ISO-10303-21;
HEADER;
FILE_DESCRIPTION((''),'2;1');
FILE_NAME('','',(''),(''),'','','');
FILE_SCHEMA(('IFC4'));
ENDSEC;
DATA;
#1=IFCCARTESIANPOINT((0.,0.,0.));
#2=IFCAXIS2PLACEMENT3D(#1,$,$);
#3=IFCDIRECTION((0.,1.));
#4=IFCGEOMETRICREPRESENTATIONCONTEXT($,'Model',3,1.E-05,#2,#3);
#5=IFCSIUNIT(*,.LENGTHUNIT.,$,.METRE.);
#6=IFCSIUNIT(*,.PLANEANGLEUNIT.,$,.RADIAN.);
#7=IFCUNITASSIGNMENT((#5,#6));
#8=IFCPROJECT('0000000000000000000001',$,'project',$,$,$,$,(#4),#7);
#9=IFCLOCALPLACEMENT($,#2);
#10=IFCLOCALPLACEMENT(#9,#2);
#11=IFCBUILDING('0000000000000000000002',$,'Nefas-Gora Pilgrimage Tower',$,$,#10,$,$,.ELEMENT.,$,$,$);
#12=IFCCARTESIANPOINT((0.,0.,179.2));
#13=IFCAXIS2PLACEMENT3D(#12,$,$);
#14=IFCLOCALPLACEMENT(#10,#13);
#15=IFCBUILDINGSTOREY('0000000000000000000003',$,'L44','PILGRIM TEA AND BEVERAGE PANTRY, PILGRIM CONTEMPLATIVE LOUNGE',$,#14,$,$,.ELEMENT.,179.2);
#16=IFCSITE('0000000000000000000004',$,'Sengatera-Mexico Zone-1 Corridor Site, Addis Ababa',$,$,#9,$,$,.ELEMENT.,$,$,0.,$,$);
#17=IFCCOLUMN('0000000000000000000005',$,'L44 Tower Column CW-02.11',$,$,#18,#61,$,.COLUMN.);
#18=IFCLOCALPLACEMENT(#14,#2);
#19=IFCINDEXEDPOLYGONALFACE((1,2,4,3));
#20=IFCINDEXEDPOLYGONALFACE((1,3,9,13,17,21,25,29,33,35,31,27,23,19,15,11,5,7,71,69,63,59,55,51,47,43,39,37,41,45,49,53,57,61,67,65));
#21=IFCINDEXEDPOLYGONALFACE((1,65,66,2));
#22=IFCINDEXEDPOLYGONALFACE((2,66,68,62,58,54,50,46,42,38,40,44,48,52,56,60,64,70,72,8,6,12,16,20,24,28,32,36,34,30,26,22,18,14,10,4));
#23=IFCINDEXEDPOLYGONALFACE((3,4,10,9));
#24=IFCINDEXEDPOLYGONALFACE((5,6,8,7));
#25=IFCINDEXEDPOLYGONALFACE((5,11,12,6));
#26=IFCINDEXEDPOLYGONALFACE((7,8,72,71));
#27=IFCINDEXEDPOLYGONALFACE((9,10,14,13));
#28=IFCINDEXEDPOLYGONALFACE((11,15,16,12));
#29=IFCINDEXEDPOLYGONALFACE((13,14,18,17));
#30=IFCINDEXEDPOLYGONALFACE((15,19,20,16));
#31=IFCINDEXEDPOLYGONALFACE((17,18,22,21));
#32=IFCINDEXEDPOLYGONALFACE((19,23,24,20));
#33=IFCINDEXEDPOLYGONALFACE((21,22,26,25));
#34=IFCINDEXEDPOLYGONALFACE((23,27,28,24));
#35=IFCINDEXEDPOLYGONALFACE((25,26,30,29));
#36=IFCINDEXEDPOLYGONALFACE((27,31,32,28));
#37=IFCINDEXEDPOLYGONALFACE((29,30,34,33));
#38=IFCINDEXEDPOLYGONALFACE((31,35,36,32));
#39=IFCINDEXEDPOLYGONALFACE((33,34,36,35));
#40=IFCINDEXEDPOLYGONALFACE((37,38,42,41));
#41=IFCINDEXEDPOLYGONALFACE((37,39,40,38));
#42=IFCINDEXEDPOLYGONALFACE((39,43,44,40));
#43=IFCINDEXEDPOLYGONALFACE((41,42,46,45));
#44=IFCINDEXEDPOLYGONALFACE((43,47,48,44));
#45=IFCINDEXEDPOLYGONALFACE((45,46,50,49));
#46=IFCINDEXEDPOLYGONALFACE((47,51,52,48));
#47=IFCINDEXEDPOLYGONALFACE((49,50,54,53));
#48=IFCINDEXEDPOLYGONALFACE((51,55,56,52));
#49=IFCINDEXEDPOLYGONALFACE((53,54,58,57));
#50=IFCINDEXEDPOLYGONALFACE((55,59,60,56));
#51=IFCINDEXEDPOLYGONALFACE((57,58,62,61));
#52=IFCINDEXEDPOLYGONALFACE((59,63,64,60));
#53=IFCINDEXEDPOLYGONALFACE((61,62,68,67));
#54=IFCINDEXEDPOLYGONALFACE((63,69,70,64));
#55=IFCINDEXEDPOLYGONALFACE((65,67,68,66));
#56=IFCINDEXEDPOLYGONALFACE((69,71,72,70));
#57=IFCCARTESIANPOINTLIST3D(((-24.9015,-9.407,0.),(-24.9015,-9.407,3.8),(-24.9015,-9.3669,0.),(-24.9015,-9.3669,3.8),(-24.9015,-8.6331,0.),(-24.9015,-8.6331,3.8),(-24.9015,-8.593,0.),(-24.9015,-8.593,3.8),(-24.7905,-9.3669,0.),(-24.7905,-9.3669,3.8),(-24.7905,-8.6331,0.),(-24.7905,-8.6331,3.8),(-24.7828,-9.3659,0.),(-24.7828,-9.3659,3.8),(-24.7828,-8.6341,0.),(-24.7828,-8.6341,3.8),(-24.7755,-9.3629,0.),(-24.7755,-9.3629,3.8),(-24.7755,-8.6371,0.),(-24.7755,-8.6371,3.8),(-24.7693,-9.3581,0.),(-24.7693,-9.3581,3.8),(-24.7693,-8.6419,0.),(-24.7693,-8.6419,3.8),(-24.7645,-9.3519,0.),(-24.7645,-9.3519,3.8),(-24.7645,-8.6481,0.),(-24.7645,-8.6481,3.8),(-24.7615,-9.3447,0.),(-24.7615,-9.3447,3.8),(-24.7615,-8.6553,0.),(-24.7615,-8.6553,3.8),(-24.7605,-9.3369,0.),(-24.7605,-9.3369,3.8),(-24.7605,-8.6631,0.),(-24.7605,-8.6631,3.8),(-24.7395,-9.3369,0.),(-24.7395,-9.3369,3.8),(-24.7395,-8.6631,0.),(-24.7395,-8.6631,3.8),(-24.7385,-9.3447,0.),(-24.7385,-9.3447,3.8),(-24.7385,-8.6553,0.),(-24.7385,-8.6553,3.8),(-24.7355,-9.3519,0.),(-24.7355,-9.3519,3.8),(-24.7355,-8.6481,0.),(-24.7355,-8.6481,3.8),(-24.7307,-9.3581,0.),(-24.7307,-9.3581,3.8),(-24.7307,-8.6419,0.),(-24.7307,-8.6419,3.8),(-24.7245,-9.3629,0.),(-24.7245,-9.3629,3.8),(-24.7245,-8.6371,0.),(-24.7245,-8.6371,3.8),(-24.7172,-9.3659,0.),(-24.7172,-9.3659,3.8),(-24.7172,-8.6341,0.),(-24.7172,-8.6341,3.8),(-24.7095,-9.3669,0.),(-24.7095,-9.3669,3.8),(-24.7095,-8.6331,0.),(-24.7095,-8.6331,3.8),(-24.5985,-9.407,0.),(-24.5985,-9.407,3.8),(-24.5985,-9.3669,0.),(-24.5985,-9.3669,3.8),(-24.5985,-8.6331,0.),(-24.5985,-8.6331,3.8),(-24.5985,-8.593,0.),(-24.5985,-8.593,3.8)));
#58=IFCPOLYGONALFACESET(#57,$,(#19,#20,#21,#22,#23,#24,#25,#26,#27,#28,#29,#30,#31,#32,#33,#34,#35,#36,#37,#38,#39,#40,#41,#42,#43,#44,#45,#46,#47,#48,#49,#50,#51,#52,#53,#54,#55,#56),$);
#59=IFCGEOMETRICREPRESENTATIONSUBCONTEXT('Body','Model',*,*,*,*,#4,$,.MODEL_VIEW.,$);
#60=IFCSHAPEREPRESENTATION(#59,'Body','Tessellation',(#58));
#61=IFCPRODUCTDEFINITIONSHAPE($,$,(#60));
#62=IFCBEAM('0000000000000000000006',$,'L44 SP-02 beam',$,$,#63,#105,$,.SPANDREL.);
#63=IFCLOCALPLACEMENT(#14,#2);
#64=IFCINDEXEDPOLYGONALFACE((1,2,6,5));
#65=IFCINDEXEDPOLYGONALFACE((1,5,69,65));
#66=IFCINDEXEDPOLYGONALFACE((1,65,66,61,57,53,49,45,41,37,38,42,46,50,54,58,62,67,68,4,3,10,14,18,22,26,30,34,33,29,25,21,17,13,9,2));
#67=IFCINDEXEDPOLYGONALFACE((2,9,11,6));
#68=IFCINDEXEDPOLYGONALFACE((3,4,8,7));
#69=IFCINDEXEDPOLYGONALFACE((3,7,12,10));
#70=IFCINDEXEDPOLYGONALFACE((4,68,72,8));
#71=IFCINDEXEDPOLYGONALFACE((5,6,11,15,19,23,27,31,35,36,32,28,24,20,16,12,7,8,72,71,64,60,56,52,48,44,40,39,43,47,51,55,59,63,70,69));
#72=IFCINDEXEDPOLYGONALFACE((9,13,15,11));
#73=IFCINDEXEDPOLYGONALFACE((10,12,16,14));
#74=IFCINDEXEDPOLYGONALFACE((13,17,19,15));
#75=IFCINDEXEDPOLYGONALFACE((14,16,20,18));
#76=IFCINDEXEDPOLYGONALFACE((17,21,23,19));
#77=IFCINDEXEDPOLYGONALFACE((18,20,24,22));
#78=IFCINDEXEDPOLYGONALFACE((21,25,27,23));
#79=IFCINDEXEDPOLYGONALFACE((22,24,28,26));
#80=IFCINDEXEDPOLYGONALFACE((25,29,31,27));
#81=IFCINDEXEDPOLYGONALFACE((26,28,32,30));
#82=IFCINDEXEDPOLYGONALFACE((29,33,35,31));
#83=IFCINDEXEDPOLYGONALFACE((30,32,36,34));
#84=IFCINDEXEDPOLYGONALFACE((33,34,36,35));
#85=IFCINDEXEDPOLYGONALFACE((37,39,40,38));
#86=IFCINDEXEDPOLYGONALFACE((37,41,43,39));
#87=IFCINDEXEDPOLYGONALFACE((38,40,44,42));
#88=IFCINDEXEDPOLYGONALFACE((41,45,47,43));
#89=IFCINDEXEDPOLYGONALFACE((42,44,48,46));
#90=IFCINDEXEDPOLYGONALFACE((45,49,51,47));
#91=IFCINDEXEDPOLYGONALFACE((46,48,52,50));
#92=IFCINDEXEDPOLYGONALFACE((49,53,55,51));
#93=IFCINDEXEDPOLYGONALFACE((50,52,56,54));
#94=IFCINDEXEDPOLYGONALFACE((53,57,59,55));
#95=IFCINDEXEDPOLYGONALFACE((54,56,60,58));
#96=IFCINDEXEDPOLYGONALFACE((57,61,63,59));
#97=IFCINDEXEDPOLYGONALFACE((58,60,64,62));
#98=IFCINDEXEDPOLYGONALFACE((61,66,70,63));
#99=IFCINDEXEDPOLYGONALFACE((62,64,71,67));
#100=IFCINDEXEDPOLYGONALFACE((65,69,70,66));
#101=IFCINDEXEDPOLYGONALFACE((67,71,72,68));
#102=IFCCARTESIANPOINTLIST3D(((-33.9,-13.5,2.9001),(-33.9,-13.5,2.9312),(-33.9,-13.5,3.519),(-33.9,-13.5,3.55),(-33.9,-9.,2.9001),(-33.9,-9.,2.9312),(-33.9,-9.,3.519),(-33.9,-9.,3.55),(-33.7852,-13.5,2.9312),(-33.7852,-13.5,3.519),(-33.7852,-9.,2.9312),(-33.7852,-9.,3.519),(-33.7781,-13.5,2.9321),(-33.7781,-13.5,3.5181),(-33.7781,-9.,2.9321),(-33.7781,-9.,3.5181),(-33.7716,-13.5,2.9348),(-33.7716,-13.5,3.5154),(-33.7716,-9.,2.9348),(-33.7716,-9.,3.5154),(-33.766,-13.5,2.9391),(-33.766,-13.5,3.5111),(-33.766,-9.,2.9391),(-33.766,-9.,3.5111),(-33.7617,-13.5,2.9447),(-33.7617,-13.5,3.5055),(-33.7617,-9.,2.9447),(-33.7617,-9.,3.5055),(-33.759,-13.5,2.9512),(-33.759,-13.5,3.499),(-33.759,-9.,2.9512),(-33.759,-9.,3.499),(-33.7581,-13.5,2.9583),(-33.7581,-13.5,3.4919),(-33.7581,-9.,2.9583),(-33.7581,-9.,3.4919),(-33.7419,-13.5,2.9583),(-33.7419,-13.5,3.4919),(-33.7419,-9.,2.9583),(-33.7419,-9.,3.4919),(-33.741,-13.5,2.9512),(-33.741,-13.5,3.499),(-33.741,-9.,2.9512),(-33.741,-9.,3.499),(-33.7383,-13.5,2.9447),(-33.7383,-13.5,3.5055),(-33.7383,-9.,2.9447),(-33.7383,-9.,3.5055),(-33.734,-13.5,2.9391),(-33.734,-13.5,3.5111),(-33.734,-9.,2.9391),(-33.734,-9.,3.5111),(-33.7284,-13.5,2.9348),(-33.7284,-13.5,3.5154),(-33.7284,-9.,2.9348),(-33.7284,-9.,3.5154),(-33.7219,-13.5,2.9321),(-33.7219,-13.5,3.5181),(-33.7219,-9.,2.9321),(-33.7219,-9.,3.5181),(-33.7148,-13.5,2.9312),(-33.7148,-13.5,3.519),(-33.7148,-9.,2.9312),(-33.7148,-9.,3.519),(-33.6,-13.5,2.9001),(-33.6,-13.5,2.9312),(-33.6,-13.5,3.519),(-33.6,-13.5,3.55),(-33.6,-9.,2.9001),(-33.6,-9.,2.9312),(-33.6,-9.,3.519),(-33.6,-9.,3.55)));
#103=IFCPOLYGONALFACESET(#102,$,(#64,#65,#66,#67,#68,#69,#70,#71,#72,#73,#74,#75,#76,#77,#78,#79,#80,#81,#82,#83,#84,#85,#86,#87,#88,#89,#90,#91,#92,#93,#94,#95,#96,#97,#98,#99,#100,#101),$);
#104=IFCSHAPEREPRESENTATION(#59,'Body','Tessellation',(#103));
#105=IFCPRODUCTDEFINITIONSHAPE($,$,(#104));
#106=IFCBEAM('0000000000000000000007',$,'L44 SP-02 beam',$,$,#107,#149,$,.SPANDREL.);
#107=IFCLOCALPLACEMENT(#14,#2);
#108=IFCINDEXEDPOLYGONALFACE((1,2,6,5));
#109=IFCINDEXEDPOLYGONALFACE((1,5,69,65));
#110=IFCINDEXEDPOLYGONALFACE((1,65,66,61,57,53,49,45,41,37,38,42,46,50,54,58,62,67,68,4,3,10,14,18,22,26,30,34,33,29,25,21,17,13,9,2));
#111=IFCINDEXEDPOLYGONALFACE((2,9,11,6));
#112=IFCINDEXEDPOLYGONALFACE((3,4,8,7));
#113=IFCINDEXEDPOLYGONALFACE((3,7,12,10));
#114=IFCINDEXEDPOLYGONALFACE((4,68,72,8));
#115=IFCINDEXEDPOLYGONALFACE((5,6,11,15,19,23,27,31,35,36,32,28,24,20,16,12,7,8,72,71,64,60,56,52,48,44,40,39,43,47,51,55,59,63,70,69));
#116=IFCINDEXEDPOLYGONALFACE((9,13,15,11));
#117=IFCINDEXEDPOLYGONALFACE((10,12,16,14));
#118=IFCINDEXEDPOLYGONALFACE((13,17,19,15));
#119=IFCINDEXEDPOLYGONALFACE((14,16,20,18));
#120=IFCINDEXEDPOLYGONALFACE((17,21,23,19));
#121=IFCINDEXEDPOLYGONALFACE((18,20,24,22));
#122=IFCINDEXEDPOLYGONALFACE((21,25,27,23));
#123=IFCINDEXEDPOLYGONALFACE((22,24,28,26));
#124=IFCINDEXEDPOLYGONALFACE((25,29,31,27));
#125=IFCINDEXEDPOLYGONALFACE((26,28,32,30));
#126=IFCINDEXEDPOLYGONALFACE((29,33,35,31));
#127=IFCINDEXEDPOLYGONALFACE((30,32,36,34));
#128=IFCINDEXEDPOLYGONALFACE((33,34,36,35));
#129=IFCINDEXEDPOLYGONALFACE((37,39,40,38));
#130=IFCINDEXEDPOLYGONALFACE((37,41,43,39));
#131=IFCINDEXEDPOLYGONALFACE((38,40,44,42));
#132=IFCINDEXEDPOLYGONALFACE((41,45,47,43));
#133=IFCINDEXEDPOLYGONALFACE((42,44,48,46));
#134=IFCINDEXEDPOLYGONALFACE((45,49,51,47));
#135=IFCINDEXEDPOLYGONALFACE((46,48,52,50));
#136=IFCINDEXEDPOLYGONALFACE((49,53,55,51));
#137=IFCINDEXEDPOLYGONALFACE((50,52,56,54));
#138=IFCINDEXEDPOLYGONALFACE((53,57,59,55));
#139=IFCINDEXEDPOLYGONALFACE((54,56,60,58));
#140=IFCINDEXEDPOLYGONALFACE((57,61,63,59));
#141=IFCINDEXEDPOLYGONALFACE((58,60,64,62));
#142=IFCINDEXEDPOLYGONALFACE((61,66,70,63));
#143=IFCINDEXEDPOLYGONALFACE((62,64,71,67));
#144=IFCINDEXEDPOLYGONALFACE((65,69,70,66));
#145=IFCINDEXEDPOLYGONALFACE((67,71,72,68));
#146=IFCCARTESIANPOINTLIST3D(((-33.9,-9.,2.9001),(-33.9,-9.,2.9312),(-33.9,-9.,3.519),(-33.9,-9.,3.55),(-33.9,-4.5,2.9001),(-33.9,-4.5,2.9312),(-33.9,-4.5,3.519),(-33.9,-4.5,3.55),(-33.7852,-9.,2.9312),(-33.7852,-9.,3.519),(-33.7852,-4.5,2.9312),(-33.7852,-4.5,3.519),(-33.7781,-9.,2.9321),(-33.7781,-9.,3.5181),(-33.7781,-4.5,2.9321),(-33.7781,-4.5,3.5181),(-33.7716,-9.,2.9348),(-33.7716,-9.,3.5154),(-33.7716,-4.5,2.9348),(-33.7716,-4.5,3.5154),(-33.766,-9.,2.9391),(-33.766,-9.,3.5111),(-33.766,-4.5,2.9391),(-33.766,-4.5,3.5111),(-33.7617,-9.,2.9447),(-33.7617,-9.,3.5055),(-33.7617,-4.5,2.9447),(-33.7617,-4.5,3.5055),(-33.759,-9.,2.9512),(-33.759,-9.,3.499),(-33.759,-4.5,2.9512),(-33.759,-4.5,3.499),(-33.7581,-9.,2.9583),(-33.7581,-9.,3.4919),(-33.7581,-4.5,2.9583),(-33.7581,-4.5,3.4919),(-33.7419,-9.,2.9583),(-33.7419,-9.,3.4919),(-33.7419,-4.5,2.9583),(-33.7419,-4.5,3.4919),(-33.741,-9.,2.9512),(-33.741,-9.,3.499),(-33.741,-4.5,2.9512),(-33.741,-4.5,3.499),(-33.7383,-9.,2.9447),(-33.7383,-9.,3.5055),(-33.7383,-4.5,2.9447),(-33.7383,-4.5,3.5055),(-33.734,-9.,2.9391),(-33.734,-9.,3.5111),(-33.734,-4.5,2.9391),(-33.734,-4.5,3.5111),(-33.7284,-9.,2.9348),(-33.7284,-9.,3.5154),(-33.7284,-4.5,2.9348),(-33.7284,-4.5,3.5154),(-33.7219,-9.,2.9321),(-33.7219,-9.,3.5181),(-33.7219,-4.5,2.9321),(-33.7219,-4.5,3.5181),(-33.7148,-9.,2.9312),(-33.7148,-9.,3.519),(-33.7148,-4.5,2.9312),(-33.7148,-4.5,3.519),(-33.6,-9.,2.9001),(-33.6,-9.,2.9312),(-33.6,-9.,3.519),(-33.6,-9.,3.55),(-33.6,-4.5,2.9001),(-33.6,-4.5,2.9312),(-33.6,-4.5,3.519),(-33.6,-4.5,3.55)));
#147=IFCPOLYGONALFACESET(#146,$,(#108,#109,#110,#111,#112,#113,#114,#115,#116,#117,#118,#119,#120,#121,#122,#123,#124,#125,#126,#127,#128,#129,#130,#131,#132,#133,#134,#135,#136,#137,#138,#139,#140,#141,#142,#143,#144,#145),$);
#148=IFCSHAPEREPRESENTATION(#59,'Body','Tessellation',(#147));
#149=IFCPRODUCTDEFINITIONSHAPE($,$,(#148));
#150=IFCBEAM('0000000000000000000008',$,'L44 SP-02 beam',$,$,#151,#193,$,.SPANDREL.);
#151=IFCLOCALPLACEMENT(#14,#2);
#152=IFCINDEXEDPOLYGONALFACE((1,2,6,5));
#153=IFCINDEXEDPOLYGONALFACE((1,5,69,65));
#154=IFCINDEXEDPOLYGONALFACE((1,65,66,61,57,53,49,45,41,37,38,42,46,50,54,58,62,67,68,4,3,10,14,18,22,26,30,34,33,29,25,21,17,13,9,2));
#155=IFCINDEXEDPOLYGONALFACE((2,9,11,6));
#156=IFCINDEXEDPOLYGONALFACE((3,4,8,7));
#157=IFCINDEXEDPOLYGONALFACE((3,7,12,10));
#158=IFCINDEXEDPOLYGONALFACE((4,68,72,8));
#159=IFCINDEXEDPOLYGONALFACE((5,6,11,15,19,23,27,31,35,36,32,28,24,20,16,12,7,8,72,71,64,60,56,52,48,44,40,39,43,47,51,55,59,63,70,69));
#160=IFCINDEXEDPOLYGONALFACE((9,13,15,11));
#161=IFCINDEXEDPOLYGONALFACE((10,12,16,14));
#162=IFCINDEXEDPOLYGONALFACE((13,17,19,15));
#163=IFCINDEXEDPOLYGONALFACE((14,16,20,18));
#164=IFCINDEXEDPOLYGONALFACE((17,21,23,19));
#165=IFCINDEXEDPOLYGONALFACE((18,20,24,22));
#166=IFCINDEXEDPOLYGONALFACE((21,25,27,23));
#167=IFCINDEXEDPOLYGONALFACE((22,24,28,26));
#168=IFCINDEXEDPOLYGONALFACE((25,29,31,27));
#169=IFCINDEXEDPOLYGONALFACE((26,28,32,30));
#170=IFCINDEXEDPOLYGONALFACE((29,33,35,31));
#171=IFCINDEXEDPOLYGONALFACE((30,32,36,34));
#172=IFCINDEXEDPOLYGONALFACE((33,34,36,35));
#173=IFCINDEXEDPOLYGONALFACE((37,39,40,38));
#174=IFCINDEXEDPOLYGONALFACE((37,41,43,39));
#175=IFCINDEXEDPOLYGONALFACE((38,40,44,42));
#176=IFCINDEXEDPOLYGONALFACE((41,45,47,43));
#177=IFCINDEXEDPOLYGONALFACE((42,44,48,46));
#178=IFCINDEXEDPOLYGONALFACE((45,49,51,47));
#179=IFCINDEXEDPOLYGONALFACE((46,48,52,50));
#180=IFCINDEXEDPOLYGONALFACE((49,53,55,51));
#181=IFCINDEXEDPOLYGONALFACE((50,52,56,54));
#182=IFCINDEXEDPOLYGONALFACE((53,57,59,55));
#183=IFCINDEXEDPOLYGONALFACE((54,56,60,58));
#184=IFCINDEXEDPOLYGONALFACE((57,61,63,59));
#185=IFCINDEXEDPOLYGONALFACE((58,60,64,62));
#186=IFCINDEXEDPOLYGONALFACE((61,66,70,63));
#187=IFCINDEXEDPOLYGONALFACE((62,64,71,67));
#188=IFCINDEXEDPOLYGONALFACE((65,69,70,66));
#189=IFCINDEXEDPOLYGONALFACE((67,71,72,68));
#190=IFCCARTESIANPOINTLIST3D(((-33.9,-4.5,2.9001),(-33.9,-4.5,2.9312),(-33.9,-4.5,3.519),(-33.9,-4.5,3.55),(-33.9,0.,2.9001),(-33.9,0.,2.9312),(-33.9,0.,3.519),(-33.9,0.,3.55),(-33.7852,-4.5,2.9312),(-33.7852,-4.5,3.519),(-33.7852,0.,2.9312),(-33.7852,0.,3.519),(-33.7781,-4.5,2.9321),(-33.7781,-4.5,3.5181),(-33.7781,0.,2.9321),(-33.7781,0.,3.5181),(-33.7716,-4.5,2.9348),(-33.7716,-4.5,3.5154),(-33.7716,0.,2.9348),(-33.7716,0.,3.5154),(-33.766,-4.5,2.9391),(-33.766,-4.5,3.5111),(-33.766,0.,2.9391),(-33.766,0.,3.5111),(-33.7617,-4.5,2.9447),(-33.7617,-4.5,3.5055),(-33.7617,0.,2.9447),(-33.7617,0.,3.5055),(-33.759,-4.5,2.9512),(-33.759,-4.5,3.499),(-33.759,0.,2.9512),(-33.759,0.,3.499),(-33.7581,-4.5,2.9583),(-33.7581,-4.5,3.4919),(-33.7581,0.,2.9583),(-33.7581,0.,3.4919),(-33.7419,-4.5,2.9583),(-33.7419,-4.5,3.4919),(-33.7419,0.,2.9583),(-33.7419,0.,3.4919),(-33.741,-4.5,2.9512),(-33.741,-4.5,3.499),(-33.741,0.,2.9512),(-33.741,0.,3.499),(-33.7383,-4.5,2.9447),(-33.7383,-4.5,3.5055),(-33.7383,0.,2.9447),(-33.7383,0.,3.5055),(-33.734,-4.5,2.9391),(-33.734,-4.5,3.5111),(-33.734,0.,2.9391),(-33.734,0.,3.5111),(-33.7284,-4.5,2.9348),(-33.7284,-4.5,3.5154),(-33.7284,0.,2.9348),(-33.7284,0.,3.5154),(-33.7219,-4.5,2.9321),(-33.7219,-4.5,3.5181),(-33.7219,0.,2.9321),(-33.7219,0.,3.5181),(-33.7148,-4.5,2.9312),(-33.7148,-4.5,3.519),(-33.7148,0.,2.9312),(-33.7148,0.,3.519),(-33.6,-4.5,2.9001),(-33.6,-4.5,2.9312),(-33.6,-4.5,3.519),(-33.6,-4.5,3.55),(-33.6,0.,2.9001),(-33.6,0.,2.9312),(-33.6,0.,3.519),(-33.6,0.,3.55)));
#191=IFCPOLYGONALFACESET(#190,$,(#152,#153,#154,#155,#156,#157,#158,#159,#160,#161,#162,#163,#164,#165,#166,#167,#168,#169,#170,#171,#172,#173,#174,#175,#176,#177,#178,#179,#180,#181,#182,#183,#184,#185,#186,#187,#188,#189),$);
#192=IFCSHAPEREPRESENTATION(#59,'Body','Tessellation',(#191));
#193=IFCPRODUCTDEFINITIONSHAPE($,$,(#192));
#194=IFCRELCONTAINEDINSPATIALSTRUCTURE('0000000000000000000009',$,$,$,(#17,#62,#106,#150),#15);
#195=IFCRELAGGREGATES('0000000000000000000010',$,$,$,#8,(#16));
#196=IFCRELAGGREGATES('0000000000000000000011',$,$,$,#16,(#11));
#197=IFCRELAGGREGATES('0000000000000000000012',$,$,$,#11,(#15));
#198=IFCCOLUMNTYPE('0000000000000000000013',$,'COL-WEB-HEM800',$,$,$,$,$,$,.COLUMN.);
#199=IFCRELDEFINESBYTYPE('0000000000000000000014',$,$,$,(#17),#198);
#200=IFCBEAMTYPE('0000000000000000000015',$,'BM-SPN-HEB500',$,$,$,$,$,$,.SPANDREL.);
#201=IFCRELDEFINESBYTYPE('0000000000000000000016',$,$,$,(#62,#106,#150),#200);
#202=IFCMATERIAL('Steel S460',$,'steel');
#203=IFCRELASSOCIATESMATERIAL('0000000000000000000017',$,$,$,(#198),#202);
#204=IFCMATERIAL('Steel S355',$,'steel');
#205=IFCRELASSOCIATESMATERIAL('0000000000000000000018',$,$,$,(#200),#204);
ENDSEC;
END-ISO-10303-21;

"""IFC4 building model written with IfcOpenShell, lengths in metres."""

from ifc_helpers import new_model, si_unit, direction, frame, origin, origin_2d, place, context, subcontext, project, spatial, i_section, extrude, source, transform, mapped, material, material_profile, profile_set, type_object, element, save


model = new_model("IFC4")

# Units and contexts
model_context = context("Model", 3, precision=1e-05, world=origin(), true_north=direction((0.0, 1.0)))
body_context = subcontext(model_context, "Body", "Model", "MODEL_VIEW")
ifc_project = project(units=[si_unit("LENGTHUNIT", "METRE"), si_unit("PLANEANGLEUNIT", "RADIAN")], contexts=[model_context])

# Site, building, storey
site_placement = place(None, origin())
site = spatial("IfcSite", under=ifc_project, at=site_placement, Name="Sengatera-Mexico Zone-1 Corridor Site, Addis Ababa", CompositionType="ELEMENT", RefElevation=0.0)
building_placement = place(site_placement, origin())
building = spatial("IfcBuilding", under=site, at=building_placement, Name="Nefas-Gora Pilgrimage Tower", CompositionType="ELEMENT")
storey_placement = place(building_placement, frame((0.0, 0.0, 179.2)))
storey = spatial("IfcBuildingStorey", under=building, at=storey_placement, Name="L44", Description="PILGRIM TEA AND BEVERAGE PANTRY, PILGRIM CONTEMPLATIVE LOUNGE", CompositionType="ELEMENT", Elevation=179.2)

# Column
ifc_material_1 = material(Name="Steel S460", Category="steel")
ifc_material_profile_1 = material_profile(ifc_material_1, i_section(OverallWidth=0.303, OverallDepth=0.814, WebThickness=0.021, FlangeThickness=0.04, FilletRadius=0.03, at=origin_2d()), Name="HEM 800")
ifc_profile_set_1 = profile_set([ifc_material_profile_1], Name="Steel S460")
column_type_1 = type_object("IfcColumnType", Name="COL-WEB-HEM800", PredefinedType="COLUMN", material=ifc_profile_set_1)
shared_shape_1 = source(origin(), body_context, "Body", "SweptSolid", [
    extrude(i_section(OverallWidth=0.303, OverallDepth=0.814, WebThickness=0.021, FlangeThickness=0.04, FilletRadius=0.03, at=origin_2d()), origin(), (0.0, 0.0, 1.0), 3.8),
])
for number, where, z_axis, x_axis, name in (
    (1, (-24.75, -9.0, 0.0), (0.0, 0.0, 1.0), (1.0, 0.0, 0.0), "L44 Tower Column CW-02.11"),
):
    element("IfcColumn", number, at=place(storey_placement, frame(where, z_axis=z_axis, x_axis=x_axis)), inside=storey, type_object=column_type_1, Name=name, PredefinedType="COLUMN", context=body_context, shape_type="MappedRepresentation", body=[
        mapped(shared_shape_1, transform((0.0, 0.0, 0.0), x_axis=(1.0, 0.0, 0.0), y_axis=(0.0, 1.0, 0.0), z_axis=(0.0, 0.0, 1.0), scale=1.0)),
    ])

# Beams
ifc_material_2 = material(Name="Steel S355", Category="steel")
ifc_material_profile_2 = material_profile(ifc_material_2, i_section(OverallWidth=0.3, OverallDepth=0.6499, WebThickness=0.0161, FlangeThickness=0.031, FilletRadius=0.0271, at=origin_2d()), Name="HEB 650")
ifc_profile_set_2 = profile_set([ifc_material_profile_2], Name="Steel S355")
beam_type_1 = type_object("IfcBeamType", Name="BM-SPN-HEB500", PredefinedType="SPANDREL", material=ifc_profile_set_2)
shared_shape_2 = source(origin(), body_context, "Body", "SweptSolid", [
    extrude(i_section(OverallWidth=0.3, OverallDepth=0.6499, WebThickness=0.0161, FlangeThickness=0.031, FilletRadius=0.0271, at=origin_2d()), origin(), (0.0, 0.0, 1.0), 4.5),
])
for number, where, z_axis, x_axis, name in (
    (2, (-33.75, -13.5, 3.2251), (0.0, 1.0, 0.0), (-1.0, 0.0, 0.0), "L44 SP-02 beam"),
    (3, (-33.75, -9.0, 3.2251), (0.0, 1.0, 0.0), (-1.0, 0.0, 0.0), "L44 SP-02 beam"),
    (4, (-33.75, -4.5, 3.2251), (0.0, 1.0, 0.0), (-1.0, 0.0, 0.0), "L44 SP-02 beam"),
):
    element("IfcBeam", number, at=place(storey_placement, frame(where, z_axis=z_axis, x_axis=x_axis)), inside=storey, type_object=beam_type_1, Name=name, PredefinedType="SPANDREL", context=body_context, shape_type="MappedRepresentation", body=[
        mapped(shared_shape_2, transform((0.0, 0.0, 0.0), x_axis=(1.0, 0.0, 0.0), y_axis=(0.0, 1.0, 0.0), z_axis=(0.0, 0.0, 1.0), scale=1.0)),
    ])

save(model, "model.ifc")
